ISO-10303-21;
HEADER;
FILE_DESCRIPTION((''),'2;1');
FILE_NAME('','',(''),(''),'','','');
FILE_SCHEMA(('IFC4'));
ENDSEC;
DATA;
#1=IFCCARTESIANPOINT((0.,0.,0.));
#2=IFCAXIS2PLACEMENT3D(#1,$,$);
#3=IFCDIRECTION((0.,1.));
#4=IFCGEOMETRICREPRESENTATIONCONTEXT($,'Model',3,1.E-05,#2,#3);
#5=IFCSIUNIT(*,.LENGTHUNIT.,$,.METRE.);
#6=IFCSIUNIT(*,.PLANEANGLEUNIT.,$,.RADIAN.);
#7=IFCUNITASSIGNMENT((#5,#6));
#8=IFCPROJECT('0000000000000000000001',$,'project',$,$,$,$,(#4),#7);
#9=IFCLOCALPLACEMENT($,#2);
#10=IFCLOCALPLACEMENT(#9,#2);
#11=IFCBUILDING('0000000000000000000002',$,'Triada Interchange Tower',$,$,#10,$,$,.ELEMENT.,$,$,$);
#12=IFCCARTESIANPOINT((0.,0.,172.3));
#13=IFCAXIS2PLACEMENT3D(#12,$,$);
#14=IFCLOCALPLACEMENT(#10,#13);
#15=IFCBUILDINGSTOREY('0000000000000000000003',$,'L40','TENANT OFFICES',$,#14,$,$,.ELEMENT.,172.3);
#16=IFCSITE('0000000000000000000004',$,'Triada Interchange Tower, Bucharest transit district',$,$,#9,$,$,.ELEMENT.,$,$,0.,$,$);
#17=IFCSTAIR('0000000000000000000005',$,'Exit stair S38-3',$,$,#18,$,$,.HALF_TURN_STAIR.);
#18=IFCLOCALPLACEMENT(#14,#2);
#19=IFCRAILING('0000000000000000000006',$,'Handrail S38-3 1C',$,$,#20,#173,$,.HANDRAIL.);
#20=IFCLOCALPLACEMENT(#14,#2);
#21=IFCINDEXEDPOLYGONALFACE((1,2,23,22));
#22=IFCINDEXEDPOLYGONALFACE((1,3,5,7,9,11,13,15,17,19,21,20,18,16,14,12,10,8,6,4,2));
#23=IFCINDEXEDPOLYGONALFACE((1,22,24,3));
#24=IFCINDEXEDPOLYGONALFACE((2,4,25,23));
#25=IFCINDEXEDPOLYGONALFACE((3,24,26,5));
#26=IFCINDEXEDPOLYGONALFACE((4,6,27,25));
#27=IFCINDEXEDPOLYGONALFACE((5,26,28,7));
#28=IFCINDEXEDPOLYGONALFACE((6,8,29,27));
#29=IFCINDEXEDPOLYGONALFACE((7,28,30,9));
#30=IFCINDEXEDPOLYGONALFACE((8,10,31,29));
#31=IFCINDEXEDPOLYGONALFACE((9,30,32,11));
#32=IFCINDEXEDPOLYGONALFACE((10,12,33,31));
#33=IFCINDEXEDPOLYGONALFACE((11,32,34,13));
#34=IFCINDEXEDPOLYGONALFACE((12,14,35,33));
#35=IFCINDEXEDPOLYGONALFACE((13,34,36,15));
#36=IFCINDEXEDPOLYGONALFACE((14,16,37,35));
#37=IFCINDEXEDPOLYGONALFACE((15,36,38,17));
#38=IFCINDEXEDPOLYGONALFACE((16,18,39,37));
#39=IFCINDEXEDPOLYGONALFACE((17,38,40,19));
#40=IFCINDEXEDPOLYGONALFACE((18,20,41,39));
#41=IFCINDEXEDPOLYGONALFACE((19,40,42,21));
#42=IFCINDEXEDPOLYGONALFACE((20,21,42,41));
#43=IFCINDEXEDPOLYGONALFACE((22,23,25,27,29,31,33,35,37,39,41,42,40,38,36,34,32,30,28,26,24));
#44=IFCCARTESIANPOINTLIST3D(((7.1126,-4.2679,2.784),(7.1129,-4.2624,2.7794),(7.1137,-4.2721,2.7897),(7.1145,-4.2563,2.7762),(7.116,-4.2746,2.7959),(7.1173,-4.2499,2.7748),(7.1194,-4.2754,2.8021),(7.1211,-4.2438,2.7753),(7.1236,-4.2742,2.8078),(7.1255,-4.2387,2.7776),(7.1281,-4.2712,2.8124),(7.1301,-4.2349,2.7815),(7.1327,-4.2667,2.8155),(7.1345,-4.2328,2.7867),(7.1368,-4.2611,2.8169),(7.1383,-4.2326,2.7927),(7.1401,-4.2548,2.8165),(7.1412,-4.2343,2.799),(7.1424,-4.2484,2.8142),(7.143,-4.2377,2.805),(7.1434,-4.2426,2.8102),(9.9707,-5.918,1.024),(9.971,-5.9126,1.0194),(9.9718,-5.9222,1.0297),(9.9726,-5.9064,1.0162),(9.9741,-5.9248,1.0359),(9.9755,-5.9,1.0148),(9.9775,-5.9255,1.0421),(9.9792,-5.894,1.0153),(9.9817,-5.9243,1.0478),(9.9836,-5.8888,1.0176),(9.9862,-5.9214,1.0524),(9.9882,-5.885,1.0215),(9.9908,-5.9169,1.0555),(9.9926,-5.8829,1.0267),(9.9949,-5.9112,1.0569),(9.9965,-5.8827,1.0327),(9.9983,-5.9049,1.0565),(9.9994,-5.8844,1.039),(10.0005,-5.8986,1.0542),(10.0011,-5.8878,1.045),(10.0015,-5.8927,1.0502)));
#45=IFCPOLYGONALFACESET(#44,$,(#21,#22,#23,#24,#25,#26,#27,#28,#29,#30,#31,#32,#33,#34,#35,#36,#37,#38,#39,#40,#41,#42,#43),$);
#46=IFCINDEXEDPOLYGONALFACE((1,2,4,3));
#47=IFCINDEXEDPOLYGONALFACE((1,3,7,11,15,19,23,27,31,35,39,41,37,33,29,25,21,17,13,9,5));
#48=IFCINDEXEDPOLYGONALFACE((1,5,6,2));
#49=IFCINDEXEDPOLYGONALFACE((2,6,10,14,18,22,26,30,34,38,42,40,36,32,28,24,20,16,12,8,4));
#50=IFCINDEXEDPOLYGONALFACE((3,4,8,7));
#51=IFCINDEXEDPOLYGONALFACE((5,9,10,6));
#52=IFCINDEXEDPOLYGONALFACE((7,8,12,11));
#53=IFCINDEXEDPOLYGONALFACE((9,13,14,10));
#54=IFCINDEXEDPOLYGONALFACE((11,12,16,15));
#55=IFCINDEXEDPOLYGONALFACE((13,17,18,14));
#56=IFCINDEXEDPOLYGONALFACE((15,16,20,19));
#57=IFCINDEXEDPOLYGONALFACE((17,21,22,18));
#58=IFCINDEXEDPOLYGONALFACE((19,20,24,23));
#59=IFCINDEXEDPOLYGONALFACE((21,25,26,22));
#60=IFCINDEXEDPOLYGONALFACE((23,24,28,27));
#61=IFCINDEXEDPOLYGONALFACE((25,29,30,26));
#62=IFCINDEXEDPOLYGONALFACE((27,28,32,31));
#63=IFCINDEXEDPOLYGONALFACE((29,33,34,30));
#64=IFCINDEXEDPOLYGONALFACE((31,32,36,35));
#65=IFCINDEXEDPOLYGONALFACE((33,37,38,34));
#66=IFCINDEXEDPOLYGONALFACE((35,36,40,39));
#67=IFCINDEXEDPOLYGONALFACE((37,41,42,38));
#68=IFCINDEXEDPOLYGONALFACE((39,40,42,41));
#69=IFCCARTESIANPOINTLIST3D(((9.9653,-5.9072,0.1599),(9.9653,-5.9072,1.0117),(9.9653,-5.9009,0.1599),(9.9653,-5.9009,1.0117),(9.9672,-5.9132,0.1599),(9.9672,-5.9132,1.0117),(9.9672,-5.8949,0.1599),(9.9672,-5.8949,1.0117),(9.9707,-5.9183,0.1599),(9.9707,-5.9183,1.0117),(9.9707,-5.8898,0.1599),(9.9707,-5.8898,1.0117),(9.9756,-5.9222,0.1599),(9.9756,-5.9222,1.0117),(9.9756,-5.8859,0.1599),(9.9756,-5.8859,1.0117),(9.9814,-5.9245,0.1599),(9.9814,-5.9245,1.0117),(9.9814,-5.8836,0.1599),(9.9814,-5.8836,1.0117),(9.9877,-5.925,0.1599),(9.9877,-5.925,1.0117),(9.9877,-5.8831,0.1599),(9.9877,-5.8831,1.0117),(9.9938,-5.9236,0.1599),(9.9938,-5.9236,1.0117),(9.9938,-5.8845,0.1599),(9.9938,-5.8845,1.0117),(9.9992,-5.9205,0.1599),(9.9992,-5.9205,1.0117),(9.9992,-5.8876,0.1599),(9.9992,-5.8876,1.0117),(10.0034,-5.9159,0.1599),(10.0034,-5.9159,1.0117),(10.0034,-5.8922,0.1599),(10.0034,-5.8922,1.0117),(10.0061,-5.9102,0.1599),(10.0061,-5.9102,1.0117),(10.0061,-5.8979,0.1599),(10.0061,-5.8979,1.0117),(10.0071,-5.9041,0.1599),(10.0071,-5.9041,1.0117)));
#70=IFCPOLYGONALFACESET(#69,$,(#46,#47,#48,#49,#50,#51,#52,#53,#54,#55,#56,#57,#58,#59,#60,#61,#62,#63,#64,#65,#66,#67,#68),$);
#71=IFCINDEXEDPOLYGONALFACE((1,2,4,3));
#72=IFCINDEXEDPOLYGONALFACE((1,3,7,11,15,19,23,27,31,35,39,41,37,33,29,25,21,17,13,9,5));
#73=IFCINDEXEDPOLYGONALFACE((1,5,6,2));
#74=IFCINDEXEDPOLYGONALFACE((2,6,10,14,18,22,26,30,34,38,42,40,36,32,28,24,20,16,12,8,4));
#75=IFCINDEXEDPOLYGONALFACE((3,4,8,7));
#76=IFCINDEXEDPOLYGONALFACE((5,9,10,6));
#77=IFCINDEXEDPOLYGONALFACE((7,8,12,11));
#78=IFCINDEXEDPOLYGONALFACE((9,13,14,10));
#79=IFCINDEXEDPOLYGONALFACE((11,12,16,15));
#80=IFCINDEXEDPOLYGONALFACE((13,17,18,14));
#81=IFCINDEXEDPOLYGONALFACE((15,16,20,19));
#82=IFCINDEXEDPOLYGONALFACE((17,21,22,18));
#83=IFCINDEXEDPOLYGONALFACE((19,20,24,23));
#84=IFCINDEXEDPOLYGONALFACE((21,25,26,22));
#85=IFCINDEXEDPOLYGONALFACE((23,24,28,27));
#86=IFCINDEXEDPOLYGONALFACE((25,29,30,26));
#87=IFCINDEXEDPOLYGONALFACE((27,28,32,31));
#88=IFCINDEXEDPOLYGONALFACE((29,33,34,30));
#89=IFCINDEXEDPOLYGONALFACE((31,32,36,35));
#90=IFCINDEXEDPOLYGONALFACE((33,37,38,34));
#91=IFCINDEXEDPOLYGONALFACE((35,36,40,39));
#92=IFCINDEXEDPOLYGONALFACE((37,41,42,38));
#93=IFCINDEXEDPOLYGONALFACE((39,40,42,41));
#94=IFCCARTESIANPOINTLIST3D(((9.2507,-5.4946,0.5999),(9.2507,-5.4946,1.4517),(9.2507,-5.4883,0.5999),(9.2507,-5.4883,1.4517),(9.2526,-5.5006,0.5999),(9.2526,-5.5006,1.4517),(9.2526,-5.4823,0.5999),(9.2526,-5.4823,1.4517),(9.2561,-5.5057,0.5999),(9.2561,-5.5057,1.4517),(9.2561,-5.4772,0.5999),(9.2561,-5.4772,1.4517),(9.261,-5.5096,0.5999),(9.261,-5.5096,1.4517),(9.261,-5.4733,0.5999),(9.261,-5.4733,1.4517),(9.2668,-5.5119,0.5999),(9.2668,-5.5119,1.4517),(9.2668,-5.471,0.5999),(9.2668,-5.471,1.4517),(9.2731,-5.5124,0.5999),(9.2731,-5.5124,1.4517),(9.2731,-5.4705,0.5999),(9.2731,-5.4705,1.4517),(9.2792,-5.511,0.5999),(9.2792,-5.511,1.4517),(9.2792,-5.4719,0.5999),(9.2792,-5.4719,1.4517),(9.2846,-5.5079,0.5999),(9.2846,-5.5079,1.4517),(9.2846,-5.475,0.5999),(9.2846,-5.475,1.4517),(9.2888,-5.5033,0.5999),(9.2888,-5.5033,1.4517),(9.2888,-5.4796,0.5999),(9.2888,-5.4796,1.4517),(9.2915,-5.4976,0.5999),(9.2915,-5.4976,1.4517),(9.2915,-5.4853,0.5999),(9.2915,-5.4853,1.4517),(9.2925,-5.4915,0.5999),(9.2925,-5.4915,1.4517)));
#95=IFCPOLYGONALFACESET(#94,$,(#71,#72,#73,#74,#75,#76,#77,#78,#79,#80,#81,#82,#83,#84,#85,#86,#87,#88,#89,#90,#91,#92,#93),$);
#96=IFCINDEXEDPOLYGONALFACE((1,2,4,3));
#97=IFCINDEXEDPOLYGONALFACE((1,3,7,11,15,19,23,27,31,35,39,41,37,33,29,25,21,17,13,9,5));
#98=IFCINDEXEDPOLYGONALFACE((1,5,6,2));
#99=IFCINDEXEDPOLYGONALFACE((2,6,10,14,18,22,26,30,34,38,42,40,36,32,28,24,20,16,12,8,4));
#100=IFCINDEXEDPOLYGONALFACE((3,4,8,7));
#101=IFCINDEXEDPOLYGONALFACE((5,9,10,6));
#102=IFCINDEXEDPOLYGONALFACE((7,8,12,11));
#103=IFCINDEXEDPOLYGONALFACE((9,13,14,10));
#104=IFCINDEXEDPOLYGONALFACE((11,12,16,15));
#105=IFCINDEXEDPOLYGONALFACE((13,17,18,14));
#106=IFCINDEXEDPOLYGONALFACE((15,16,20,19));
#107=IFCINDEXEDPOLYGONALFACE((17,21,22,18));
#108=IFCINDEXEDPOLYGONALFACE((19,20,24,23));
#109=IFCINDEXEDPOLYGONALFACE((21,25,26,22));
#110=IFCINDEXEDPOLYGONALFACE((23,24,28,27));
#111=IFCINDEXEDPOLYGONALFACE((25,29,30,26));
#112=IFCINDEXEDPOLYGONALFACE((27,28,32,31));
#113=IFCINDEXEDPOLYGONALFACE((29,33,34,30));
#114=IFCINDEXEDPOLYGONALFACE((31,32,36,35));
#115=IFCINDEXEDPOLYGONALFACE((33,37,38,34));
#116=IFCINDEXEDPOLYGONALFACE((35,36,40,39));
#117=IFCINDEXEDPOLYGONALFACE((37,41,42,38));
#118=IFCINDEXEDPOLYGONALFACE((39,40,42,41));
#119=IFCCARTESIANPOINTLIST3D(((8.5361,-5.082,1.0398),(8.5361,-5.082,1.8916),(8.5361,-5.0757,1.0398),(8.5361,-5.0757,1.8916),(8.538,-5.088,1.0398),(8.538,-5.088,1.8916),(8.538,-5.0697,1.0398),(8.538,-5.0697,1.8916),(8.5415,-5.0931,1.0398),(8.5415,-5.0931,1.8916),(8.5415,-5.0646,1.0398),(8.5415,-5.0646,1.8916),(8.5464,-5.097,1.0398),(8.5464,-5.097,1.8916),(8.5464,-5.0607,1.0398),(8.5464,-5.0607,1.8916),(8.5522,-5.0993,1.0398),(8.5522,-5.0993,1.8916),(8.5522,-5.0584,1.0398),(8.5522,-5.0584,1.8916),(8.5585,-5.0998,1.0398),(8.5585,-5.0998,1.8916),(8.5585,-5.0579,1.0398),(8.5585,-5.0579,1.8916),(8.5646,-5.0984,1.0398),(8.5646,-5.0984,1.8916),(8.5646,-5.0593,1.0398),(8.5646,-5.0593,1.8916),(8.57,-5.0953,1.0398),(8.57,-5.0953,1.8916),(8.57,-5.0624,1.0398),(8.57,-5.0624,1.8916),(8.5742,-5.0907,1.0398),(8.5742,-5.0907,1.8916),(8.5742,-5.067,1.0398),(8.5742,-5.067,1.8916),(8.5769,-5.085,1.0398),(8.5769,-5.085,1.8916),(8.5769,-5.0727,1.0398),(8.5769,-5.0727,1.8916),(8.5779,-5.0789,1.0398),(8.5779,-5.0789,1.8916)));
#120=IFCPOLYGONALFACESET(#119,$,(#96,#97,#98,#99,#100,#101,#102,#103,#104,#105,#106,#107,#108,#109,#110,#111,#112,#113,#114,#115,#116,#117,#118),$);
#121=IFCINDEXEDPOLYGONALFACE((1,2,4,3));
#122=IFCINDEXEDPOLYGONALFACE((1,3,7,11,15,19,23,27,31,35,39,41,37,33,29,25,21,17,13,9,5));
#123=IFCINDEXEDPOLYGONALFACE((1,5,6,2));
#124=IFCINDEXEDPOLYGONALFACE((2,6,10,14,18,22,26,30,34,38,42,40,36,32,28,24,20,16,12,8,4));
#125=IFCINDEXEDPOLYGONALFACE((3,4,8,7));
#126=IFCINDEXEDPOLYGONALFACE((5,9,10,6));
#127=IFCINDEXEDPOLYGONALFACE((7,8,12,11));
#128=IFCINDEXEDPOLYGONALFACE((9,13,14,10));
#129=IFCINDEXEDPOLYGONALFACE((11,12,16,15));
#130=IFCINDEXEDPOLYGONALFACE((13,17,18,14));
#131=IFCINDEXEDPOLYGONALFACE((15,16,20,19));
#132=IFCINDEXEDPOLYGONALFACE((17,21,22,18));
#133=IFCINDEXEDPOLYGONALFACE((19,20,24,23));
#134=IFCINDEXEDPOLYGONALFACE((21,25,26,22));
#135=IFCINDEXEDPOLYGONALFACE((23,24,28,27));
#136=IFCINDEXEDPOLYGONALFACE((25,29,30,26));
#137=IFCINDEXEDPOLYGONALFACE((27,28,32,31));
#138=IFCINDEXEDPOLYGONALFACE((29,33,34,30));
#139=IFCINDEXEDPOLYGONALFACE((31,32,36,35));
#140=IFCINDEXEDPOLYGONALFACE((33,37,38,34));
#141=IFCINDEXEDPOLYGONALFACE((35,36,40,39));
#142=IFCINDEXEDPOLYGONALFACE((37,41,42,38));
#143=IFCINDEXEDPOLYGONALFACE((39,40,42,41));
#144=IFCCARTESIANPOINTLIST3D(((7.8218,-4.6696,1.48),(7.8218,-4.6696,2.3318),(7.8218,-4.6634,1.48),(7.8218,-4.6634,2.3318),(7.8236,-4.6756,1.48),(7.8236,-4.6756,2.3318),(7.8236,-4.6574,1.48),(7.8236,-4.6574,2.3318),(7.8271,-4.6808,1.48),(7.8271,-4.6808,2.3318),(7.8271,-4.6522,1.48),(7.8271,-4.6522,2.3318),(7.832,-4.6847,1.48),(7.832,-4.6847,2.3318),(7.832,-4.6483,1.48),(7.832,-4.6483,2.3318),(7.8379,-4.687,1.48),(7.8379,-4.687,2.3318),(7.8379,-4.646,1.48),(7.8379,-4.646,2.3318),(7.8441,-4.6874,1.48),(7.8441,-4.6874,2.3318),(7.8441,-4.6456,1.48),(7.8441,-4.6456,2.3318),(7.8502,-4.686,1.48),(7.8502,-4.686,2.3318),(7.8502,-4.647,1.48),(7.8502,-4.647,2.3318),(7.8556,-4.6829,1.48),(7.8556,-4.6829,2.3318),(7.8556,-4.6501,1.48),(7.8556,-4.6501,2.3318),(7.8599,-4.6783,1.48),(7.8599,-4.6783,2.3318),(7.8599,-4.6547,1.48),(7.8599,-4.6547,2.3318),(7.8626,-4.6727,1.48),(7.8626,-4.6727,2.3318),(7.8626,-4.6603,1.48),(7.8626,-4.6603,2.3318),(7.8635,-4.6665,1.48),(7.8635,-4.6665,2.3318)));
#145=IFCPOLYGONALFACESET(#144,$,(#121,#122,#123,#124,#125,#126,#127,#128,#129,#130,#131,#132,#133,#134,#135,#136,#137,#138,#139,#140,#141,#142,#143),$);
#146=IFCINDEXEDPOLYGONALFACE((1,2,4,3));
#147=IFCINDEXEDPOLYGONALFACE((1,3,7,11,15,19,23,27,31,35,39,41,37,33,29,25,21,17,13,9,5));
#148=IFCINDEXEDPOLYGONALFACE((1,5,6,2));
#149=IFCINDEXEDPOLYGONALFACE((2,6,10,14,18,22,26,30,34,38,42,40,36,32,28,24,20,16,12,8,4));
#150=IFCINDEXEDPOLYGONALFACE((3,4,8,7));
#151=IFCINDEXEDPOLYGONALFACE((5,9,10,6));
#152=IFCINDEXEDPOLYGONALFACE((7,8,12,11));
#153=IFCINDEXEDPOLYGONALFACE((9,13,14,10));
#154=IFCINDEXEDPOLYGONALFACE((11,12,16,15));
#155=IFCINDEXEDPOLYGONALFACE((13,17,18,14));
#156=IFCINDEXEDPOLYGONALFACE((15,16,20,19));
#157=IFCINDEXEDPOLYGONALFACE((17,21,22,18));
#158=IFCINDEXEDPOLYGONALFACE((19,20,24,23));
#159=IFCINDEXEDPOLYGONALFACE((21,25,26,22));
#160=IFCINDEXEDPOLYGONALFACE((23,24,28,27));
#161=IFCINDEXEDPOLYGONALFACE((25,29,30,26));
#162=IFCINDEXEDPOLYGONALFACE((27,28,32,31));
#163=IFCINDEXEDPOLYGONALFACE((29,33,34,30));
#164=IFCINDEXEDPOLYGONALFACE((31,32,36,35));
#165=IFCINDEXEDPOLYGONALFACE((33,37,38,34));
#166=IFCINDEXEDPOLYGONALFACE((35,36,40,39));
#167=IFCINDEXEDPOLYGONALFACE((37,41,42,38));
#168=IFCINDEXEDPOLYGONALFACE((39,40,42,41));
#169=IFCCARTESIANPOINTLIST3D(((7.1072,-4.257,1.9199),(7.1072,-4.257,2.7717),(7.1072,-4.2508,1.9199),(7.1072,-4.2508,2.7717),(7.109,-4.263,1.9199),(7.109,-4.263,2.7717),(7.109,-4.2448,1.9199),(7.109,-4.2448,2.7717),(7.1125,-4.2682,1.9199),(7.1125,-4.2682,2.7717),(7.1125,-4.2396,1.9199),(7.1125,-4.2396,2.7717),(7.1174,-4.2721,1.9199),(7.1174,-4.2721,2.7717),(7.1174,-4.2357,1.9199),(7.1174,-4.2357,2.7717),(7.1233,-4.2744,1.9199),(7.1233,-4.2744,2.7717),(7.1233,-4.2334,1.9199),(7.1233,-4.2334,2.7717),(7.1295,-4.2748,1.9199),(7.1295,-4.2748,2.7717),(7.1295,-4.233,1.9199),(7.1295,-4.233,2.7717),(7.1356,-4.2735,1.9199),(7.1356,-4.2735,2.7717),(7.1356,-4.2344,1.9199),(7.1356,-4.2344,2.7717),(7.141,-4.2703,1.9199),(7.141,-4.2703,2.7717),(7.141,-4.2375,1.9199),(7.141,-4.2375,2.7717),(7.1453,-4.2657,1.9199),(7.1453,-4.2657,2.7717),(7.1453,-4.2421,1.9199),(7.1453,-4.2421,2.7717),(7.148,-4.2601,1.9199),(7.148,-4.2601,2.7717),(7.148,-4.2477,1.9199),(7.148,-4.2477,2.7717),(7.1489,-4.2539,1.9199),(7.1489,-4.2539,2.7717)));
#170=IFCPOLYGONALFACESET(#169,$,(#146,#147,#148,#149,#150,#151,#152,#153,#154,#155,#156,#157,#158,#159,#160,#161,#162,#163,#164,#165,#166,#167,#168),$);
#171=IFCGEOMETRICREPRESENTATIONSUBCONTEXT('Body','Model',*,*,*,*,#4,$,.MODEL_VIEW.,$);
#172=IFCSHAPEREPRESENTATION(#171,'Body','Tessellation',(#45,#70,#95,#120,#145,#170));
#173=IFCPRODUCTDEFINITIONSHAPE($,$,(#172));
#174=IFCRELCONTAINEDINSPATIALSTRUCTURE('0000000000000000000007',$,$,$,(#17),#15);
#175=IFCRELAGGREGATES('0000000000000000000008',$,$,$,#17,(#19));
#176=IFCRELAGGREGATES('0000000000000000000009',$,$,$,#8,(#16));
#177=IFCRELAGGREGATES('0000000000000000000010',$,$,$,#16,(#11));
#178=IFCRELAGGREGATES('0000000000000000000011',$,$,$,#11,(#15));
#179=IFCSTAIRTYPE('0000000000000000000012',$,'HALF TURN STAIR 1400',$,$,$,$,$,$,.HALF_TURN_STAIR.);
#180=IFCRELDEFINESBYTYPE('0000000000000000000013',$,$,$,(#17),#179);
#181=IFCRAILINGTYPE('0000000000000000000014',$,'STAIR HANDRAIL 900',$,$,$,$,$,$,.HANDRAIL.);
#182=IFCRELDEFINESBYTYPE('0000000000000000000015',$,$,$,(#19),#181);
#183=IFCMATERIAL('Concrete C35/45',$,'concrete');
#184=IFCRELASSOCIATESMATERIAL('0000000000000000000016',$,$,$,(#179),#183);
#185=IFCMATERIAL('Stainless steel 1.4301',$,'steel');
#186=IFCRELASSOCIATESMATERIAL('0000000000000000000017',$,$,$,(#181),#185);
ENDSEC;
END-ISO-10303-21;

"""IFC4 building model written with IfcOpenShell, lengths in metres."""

from ifc_helpers import new_model, si_unit, direction, frame, origin, origin_2d, place, context, subcontext, project, spatial, circle, extrude, material, type_object, element, aggregate, save


model = new_model("IFC4")

# Units and contexts
model_context = context("Model", 3, precision=1e-05, world=origin(), true_north=direction((0.0, 1.0)))
body_context = subcontext(model_context, "Body", "Model", "MODEL_VIEW")
ifc_project = project(units=[si_unit("LENGTHUNIT", "METRE"), si_unit("PLANEANGLEUNIT", "RADIAN")], contexts=[model_context])

# Site, building, storey
site_placement = place(None, origin())
site = spatial("IfcSite", under=ifc_project, at=site_placement, Name="Triada Interchange Tower, Bucharest transit district", CompositionType="ELEMENT", RefElevation=0.0)
building_placement = place(site_placement, origin())
building = spatial("IfcBuilding", under=site, at=building_placement, Name="Triada Interchange Tower", CompositionType="ELEMENT")
storey_placement = place(building_placement, frame((0.0, 0.0, 172.3)))
storey = spatial("IfcBuildingStorey", under=building, at=storey_placement, Name="L40", Description="TENANT OFFICES", CompositionType="ELEMENT", Elevation=172.3)

# Stair, railing
ifc_material_1 = material(Name="Concrete C35/45", Category="concrete")
stair_type = type_object("IfcStairType", Name="HALF TURN STAIR 1400", PredefinedType="HALF_TURN_STAIR", material=ifc_material_1)
stair_placement = place(storey_placement, origin())
stair = element("IfcStair", 1, at=stair_placement, inside=storey, type_object=stair_type, Name="Exit stair S38-3", PredefinedType="HALF_TURN_STAIR")
ifc_material_2 = material(Name="Stainless steel 1.4301", Category="steel")
railing_type = type_object("IfcRailingType", Name="STAIR HANDRAIL 900", PredefinedType="HANDRAIL", material=ifc_material_2)
railing_1_placement = place(storey_placement, frame((9.9861, -5.9041, 0.1599)))
railing_1 = element("IfcRailing", 2, at=railing_1_placement, type_object=railing_type, Name="Handrail S38-3 1C", PredefinedType="HANDRAIL", context=body_context, shape_type="SweptSolid", body=[
    extrude(circle(Radius=0.0239, at=origin_2d()), frame((0.0, 0.0, 0.876), z_axis=(-0.764156, 0.441183, 0.470556), x_axis=(-0.499998, -0.866027, 0.0)), (0.0, 0.0, 1.0), 3.7402),
    extrude(circle(Radius=0.021, at=origin_2d()), origin(), (0.0, 0.0, 1.0), 0.8518),
    extrude(circle(Radius=0.021, at=origin_2d()), frame((-0.7146, 0.4126, 0.4399)), (0.0, 0.0, 1.0), 0.8518),
    extrude(circle(Radius=0.021, at=origin_2d()), frame((-1.4292, 0.8252, 0.8799)), (0.0, 0.0, 1.0), 0.8518),
    extrude(circle(Radius=0.021, at=origin_2d()), frame((-2.1436, 1.2375, 1.3201)), (0.0, 0.0, 1.0), 0.8518),
    extrude(circle(Radius=0.021, at=origin_2d()), frame((-2.8582, 1.6501, 1.76)), (0.0, 0.0, 1.0), 0.8518),
])
aggregate(stair, [railing_1])

save(model, "model.ifc")
